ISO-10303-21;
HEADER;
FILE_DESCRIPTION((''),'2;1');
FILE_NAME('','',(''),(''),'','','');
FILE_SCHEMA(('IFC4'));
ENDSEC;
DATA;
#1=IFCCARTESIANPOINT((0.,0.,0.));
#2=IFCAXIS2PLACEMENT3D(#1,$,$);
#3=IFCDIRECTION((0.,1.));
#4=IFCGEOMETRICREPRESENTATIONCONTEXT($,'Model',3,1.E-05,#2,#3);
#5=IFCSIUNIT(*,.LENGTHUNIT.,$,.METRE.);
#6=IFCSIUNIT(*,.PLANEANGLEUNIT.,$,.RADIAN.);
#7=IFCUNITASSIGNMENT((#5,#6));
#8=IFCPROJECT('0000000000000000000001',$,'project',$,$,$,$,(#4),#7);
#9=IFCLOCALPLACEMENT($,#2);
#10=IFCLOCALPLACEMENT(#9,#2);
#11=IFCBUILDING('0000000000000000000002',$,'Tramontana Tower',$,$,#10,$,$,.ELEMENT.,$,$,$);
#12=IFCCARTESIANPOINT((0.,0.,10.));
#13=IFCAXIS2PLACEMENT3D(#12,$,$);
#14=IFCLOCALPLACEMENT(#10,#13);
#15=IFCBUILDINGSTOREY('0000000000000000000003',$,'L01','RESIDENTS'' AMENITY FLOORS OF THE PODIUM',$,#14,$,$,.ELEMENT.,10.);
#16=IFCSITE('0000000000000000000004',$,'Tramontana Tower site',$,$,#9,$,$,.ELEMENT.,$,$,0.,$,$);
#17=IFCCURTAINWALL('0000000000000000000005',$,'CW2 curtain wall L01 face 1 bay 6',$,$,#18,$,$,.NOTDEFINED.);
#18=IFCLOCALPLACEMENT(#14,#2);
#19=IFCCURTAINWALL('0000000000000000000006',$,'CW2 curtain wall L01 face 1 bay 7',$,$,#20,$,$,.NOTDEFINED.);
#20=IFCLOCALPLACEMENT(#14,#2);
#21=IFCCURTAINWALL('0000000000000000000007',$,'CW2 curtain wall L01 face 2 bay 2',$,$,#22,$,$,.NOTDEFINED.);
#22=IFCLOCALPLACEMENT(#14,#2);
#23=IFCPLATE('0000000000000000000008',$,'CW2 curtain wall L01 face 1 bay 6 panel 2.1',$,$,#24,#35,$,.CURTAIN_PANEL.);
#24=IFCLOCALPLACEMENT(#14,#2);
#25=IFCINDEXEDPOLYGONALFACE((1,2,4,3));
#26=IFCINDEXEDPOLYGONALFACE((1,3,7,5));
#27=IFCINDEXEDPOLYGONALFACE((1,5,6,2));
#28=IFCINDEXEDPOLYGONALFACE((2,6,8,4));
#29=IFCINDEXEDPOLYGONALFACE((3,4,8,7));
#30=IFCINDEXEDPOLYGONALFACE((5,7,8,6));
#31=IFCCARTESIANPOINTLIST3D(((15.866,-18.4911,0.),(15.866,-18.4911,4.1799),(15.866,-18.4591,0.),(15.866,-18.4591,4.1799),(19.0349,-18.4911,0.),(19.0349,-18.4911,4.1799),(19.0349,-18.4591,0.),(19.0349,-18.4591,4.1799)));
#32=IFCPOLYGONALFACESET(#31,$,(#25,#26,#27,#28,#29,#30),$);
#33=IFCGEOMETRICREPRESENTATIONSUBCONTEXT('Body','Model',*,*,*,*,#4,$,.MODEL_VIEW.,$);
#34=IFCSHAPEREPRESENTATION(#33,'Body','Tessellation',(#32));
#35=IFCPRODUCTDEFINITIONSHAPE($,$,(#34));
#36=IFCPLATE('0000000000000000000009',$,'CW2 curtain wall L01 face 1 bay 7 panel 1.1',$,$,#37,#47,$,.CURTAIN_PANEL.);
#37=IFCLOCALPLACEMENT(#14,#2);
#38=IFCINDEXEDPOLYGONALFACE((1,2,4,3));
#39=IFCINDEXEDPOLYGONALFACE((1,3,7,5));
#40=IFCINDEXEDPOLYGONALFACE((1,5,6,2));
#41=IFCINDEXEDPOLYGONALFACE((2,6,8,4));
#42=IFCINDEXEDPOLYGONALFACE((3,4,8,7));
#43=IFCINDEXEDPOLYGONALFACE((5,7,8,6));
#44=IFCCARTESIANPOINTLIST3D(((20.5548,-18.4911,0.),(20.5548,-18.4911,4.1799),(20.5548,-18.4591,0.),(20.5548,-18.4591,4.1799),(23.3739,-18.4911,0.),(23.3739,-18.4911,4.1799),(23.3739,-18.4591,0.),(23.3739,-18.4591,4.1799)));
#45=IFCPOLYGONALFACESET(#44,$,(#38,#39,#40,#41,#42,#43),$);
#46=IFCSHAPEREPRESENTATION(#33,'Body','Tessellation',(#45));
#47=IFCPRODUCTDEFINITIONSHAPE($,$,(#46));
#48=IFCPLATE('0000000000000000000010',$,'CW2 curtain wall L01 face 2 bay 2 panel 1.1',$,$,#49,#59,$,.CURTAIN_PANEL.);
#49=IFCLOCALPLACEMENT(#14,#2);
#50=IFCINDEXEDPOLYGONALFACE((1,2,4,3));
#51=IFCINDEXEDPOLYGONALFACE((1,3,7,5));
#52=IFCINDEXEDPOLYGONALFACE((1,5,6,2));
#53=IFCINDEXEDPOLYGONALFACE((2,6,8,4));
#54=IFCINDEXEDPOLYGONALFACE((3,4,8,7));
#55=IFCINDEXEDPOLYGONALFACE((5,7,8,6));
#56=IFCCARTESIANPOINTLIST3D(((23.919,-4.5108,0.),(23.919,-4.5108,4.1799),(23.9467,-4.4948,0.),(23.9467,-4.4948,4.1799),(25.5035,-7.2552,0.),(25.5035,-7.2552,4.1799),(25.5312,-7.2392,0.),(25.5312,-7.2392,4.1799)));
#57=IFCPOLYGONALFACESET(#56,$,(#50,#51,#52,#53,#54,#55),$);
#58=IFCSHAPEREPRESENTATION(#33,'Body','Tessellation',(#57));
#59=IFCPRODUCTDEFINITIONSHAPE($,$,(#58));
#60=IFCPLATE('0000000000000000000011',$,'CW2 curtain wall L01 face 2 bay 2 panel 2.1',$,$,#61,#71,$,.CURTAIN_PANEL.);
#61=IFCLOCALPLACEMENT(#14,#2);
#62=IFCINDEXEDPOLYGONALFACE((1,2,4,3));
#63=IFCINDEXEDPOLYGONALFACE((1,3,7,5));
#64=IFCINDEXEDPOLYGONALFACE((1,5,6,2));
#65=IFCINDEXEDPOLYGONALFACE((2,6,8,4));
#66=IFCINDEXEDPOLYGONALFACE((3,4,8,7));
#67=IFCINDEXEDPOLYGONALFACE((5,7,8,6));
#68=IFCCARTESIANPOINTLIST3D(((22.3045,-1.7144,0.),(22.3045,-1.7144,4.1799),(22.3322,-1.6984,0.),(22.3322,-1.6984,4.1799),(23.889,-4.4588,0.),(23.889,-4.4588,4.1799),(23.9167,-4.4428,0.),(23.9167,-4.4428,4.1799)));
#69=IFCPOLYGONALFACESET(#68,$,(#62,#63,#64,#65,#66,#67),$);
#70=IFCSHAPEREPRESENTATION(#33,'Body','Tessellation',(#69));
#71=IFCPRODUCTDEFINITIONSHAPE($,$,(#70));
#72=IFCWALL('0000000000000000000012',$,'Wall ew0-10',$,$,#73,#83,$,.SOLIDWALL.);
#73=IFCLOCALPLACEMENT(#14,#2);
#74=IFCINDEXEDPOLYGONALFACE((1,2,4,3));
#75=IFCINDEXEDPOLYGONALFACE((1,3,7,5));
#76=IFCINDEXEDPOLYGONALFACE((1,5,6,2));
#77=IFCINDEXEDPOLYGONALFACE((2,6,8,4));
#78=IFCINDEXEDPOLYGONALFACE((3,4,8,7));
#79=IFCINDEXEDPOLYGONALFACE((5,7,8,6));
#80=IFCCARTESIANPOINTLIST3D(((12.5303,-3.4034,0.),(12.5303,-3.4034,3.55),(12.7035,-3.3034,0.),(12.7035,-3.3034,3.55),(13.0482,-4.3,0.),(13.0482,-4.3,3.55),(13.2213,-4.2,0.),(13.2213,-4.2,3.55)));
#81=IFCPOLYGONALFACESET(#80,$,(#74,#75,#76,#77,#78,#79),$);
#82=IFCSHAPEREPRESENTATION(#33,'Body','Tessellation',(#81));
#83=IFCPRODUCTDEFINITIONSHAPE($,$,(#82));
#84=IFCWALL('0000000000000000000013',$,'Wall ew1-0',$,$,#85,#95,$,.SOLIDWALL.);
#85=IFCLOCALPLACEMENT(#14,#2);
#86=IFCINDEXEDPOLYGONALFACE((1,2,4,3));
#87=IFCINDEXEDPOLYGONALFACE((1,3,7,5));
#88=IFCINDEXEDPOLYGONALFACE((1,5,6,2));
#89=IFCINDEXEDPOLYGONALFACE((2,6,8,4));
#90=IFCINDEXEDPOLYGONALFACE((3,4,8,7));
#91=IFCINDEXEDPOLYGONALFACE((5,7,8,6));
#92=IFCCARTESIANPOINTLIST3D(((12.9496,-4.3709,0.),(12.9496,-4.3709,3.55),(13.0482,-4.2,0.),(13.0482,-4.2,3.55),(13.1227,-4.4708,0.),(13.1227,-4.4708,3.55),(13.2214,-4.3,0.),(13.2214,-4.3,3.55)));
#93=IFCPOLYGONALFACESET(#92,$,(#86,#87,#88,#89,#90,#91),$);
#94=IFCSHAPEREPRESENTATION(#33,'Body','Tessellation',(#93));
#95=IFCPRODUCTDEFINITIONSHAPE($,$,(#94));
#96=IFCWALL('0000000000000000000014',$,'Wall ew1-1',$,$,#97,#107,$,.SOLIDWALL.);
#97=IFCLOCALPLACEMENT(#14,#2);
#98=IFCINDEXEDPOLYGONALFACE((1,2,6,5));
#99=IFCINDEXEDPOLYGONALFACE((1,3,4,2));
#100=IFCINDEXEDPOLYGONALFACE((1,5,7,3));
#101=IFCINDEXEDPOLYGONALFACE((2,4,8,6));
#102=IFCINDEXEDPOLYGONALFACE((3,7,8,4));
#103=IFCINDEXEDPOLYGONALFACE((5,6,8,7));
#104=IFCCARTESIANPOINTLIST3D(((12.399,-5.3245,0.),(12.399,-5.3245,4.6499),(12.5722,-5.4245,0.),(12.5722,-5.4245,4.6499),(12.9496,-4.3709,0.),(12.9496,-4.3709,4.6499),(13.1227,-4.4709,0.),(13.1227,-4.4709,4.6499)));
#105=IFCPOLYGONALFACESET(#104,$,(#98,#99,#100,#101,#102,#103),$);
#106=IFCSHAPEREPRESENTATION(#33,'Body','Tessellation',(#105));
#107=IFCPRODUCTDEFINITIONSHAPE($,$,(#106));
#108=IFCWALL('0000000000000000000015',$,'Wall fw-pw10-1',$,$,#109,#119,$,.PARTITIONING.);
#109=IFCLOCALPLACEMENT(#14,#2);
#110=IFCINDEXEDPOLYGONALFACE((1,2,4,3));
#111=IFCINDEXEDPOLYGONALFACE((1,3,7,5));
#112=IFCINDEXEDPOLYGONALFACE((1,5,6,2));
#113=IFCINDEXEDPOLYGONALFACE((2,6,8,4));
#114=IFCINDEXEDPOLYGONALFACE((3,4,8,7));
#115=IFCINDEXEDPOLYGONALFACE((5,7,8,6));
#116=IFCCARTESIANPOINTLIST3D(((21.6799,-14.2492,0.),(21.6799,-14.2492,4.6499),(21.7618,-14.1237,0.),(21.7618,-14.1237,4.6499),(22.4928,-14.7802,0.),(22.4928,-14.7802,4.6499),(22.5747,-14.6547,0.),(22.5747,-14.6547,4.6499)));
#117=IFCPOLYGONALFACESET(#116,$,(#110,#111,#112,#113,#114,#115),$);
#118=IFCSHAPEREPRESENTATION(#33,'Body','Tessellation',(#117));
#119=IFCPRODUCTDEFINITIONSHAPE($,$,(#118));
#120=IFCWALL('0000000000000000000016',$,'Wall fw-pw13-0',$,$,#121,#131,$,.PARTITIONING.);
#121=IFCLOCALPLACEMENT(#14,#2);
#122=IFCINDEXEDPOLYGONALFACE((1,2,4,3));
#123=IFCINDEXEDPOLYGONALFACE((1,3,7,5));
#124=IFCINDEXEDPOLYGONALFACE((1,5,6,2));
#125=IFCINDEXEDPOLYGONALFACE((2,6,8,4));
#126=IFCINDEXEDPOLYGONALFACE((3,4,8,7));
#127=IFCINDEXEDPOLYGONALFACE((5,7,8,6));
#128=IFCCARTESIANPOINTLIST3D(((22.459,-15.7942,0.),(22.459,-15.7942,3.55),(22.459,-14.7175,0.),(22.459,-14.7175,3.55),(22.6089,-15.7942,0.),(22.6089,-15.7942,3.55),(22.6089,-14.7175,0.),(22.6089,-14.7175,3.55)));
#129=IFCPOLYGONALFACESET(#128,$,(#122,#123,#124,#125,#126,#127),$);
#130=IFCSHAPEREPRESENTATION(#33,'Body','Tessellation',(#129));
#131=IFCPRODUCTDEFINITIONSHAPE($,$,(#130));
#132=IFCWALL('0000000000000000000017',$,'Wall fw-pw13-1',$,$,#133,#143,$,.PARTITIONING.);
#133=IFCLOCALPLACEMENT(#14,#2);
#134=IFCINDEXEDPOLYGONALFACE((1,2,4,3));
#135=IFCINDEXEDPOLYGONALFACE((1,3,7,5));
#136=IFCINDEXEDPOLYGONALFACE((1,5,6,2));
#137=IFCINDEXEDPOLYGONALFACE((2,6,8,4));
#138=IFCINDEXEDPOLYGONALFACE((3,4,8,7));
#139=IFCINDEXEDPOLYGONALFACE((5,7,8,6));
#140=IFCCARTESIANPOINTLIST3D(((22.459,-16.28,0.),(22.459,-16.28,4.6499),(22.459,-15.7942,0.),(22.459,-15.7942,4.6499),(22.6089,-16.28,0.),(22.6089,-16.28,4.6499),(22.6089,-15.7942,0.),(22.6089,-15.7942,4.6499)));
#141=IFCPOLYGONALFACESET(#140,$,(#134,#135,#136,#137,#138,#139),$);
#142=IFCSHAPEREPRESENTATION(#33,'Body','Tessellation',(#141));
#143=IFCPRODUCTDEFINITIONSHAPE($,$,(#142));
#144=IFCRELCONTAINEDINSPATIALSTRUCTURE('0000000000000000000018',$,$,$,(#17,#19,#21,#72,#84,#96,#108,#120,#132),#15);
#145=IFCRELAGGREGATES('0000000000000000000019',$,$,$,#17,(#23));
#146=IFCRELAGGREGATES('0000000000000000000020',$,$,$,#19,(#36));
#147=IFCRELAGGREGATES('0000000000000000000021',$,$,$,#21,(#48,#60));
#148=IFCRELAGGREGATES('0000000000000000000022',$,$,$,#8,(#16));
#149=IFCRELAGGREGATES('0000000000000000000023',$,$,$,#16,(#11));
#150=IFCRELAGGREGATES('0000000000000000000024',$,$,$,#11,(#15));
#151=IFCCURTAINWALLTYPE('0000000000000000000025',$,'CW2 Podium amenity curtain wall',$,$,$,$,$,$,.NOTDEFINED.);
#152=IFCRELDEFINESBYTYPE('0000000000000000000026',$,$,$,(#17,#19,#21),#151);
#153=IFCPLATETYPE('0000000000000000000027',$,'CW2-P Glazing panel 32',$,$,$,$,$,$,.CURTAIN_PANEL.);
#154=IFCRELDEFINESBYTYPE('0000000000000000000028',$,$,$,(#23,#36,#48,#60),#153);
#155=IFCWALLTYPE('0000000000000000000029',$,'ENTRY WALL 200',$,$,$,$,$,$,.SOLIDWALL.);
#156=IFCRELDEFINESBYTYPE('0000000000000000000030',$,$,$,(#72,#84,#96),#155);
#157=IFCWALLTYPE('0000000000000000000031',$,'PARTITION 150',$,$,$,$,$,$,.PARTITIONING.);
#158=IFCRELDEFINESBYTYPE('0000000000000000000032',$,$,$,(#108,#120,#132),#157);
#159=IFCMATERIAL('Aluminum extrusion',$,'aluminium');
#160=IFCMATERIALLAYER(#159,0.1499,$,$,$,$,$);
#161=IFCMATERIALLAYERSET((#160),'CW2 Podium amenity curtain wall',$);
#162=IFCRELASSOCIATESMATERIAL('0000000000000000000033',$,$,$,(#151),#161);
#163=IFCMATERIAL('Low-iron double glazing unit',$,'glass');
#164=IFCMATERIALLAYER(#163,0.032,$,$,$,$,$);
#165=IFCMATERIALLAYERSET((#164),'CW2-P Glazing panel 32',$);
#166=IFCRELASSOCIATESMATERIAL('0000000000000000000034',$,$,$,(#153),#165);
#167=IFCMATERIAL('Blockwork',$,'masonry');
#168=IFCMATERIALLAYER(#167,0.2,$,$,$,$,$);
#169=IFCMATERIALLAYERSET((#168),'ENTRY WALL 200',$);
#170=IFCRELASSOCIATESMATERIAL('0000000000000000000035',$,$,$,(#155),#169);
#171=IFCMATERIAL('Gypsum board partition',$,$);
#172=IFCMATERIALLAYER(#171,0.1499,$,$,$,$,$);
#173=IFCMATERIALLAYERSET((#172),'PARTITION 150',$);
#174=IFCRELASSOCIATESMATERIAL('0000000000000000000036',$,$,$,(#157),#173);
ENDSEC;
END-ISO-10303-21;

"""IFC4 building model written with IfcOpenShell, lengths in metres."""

from ifc_helpers import new_model, si_unit, direction, frame, frame_2d, origin, origin_2d, place, context, subcontext, project, spatial, rectangle, extrude, material, layer, layer_set, type_object, element, aggregate, save


model = new_model("IFC4")

# Units and contexts
model_context = context("Model", 3, precision=1e-05, world=origin(), true_north=direction((0.0, 1.0)))
body_context = subcontext(model_context, "Body", "Model", "MODEL_VIEW")
ifc_project = project(units=[si_unit("LENGTHUNIT", "METRE"), si_unit("PLANEANGLEUNIT", "RADIAN")], contexts=[model_context])

# Site, building, storey
site_placement = place(None, origin())
site = spatial("IfcSite", under=ifc_project, at=site_placement, Name="Tramontana Tower site", CompositionType="ELEMENT", RefElevation=0.0)
building_placement = place(site_placement, origin())
building = spatial("IfcBuilding", under=site, at=building_placement, Name="Tramontana Tower", CompositionType="ELEMENT")
storey_placement = place(building_placement, frame((0.0, 0.0, 10.0)))
storey = spatial("IfcBuildingStorey", under=building, at=storey_placement, Name="L01", Description="RESIDENTS' AMENITY FLOORS OF THE PODIUM", CompositionType="ELEMENT", Elevation=10.0)

# Curtain walls
ifc_material_1 = material(Name="Aluminum extrusion", Category="aluminium")
ifc_layer_1 = layer(ifc_material_1, 0.1499)
ifc_layer_set_1 = layer_set([ifc_layer_1], Name="CW2 Podium amenity curtain wall")
curtain_wall_type = type_object("IfcCurtainWallType", Name="CW2 Podium amenity curtain wall", PredefinedType="NOTDEFINED", material=ifc_layer_set_1)
curtain_wall_1_placement = place(storey_placement, origin())
curtain_wall_1 = element("IfcCurtainWall", 1, at=curtain_wall_1_placement, inside=storey, type_object=curtain_wall_type, Name="CW2 curtain wall L01 face 1 bay 6", PredefinedType="NOTDEFINED")
curtain_wall_2_placement = place(storey_placement, origin())
curtain_wall_2 = element("IfcCurtainWall", 2, at=curtain_wall_2_placement, inside=storey, type_object=curtain_wall_type, Name="CW2 curtain wall L01 face 1 bay 7", PredefinedType="NOTDEFINED")
curtain_wall_3_placement = place(storey_placement, origin())
curtain_wall_3 = element("IfcCurtainWall", 3, at=curtain_wall_3_placement, inside=storey, type_object=curtain_wall_type, Name="CW2 curtain wall L01 face 2 bay 2", PredefinedType="NOTDEFINED")

# Plates
ifc_material_2 = material(Name="Low-iron double glazing unit", Category="glass")
ifc_layer_2 = layer(ifc_material_2, 0.032)
ifc_layer_set_2 = layer_set([ifc_layer_2], Name="CW2-P Glazing panel 32")
plate_type = type_object("IfcPlateType", Name="CW2-P Glazing panel 32", PredefinedType="CURTAIN_PANEL", material=ifc_layer_set_2)
plate_1_placement = place(storey_placement, frame((17.4504, -18.4751, 0.0), z_axis=(0.0, 0.0, 1.0), x_axis=(1.0, 0.0, 0.0)))
plate_1 = element("IfcPlate", 4, at=plate_1_placement, type_object=plate_type, Name="CW2 curtain wall L01 face 1 bay 6 panel 2.1", PredefinedType="CURTAIN_PANEL", context=body_context, shape_type="SweptSolid", body=[
    extrude(rectangle(XDim=3.1689, YDim=0.032, at=origin_2d()), origin(), (0.0, 0.0, 1.0), 4.1799),
])
aggregate(curtain_wall_1, [plate_1])
plate_2_placement = place(storey_placement, frame((21.9644, -18.4751, 0.0), z_axis=(0.0, 0.0, 1.0), x_axis=(1.0, 0.0, 0.0)))
plate_2 = element("IfcPlate", 5, at=plate_2_placement, type_object=plate_type, Name="CW2 curtain wall L01 face 1 bay 7 panel 1.1", PredefinedType="CURTAIN_PANEL", context=body_context, shape_type="SweptSolid", body=[
    extrude(rectangle(XDim=2.8191, YDim=0.032, at=origin_2d()), origin(), (0.0, 0.0, 1.0), 4.1799),
])
aggregate(curtain_wall_2, [plate_2])
plate_3_placement = place(storey_placement, frame((24.7251, -5.875, 0.0), z_axis=(0.0, 0.0, 1.0), x_axis=(-0.5, 0.866025, 0.0)))
plate_3 = element("IfcPlate", 6, at=plate_3_placement, type_object=plate_type, Name="CW2 curtain wall L01 face 2 bay 2 panel 1.1", PredefinedType="CURTAIN_PANEL", context=body_context, shape_type="SweptSolid", body=[
    extrude(rectangle(XDim=3.1689, YDim=0.032, at=origin_2d()), origin(), (0.0, 0.0, 1.0), 4.1799),
])
plate_4_placement = place(storey_placement, frame((23.1106, -3.0786, 0.0), z_axis=(0.0, 0.0, 1.0), x_axis=(-0.5, 0.866025, 0.0)))
plate_4 = element("IfcPlate", 7, at=plate_4_placement, type_object=plate_type, Name="CW2 curtain wall L01 face 2 bay 2 panel 2.1", PredefinedType="CURTAIN_PANEL", context=body_context, shape_type="SweptSolid", body=[
    extrude(rectangle(XDim=3.1689, YDim=0.032, at=origin_2d()), origin(), (0.0, 0.0, 1.0), 4.1799),
])
aggregate(curtain_wall_3, [plate_3, plate_4])

# Walls
ifc_material_3 = material(Name="Blockwork", Category="masonry")
ifc_layer_3 = layer(ifc_material_3, 0.2)
ifc_layer_set_3 = layer_set([ifc_layer_3], Name="ENTRY WALL 200")
wall_type_1 = type_object("IfcWallType", Name="ENTRY WALL 200", PredefinedType="SOLIDWALL", material=ifc_layer_set_3)
wall_1_placement = place(storey_placement, frame((12.6169, -3.3535, 0.0), z_axis=(0.0, 0.0, 1.0), x_axis=(0.500172, -0.865926, 0.0)))
element("IfcWall", 8, at=wall_1_placement, inside=storey, type_object=wall_type_1, Name="Wall ew0-10", PredefinedType="SOLIDWALL", context=body_context, shape_type="SweptSolid", body=[
    extrude(rectangle(XDim=1.0354, YDim=0.2, at=frame_2d((0.5176, 0.0))), origin(), (0.0, 0.0, 1.0), 3.55),
])
wall_2_placement = place(storey_placement, frame((13.1348, -4.25, 0.0), z_axis=(0.0, 0.0, 1.0), x_axis=(-0.499865, -0.866103, 0.0)))
element("IfcWall", 9, at=wall_2_placement, inside=storey, type_object=wall_type_1, Name="Wall ew1-0", PredefinedType="SOLIDWALL", context=body_context, shape_type="SweptSolid", body=[
    extrude(rectangle(XDim=0.1973, YDim=0.2, at=frame_2d((0.0986, 0.0))), origin(), (0.0, 0.0, 1.0), 3.55),
])
wall_3_placement = place(storey_placement, frame((13.0361, -4.4209, 0.0), z_axis=(0.0, 0.0, 1.0), x_axis=(-0.499978, -0.866038, 0.0)))
element("IfcWall", 10, at=wall_3_placement, inside=storey, type_object=wall_type_1, Name="Wall ew1-1", PredefinedType="SOLIDWALL", context=body_context, shape_type="SweptSolid", body=[
    extrude(rectangle(XDim=1.1011, YDim=0.2, at=frame_2d((0.5505, 0.0))), origin(), (0.0, 0.0, 1.0), 4.6499),
])
ifc_material_4 = material(Name="Gypsum board partition")
ifc_layer_4 = layer(ifc_material_4, 0.1499)
ifc_layer_set_4 = layer_set([ifc_layer_4], Name="PARTITION 150")
wall_type_2 = type_object("IfcWallType", Name="PARTITION 150", PredefinedType="PARTITIONING", material=ifc_layer_set_4)
wall_4_placement = place(storey_placement, frame((21.7209, -14.1865, 0.0), z_axis=(0.0, 0.0, 1.0), x_axis=(0.837235, -0.546843, 0.0)))
element("IfcWall", 11, at=wall_4_placement, inside=storey, type_object=wall_type_2, Name="Wall fw-pw10-1", PredefinedType="PARTITIONING", context=body_context, shape_type="SweptSolid", body=[
    extrude(rectangle(XDim=0.9709, YDim=0.1499, at=frame_2d((0.4854, 0.0))), origin(), (0.0, 0.0, 1.0), 4.6499),
])
wall_5_placement = place(storey_placement, frame((22.5339, -14.7175, 0.0), z_axis=(0.0, 0.0, 1.0), x_axis=(0.0, -1.0, 0.0)))
element("IfcWall", 12, at=wall_5_placement, inside=storey, type_object=wall_type_2, Name="Wall fw-pw13-0", PredefinedType="PARTITIONING", context=body_context, shape_type="SweptSolid", body=[
    extrude(rectangle(XDim=1.0767, YDim=0.1499, at=frame_2d((0.5383, 0.0))), origin(), (0.0, 0.0, 1.0), 3.55),
])
wall_6_placement = place(storey_placement, frame((22.5339, -15.7942, 0.0), z_axis=(0.0, 0.0, 1.0), x_axis=(0.0, -1.0, 0.0)))
element("IfcWall", 13, at=wall_6_placement, inside=storey, type_object=wall_type_2, Name="Wall fw-pw13-1", PredefinedType="PARTITIONING", context=body_context, shape_type="SweptSolid", body=[
    extrude(rectangle(XDim=0.4858, YDim=0.1499, at=frame_2d((0.2429, 0.0))), origin(), (0.0, 0.0, 1.0), 4.6499),
])

save(model, "model.ifc")
